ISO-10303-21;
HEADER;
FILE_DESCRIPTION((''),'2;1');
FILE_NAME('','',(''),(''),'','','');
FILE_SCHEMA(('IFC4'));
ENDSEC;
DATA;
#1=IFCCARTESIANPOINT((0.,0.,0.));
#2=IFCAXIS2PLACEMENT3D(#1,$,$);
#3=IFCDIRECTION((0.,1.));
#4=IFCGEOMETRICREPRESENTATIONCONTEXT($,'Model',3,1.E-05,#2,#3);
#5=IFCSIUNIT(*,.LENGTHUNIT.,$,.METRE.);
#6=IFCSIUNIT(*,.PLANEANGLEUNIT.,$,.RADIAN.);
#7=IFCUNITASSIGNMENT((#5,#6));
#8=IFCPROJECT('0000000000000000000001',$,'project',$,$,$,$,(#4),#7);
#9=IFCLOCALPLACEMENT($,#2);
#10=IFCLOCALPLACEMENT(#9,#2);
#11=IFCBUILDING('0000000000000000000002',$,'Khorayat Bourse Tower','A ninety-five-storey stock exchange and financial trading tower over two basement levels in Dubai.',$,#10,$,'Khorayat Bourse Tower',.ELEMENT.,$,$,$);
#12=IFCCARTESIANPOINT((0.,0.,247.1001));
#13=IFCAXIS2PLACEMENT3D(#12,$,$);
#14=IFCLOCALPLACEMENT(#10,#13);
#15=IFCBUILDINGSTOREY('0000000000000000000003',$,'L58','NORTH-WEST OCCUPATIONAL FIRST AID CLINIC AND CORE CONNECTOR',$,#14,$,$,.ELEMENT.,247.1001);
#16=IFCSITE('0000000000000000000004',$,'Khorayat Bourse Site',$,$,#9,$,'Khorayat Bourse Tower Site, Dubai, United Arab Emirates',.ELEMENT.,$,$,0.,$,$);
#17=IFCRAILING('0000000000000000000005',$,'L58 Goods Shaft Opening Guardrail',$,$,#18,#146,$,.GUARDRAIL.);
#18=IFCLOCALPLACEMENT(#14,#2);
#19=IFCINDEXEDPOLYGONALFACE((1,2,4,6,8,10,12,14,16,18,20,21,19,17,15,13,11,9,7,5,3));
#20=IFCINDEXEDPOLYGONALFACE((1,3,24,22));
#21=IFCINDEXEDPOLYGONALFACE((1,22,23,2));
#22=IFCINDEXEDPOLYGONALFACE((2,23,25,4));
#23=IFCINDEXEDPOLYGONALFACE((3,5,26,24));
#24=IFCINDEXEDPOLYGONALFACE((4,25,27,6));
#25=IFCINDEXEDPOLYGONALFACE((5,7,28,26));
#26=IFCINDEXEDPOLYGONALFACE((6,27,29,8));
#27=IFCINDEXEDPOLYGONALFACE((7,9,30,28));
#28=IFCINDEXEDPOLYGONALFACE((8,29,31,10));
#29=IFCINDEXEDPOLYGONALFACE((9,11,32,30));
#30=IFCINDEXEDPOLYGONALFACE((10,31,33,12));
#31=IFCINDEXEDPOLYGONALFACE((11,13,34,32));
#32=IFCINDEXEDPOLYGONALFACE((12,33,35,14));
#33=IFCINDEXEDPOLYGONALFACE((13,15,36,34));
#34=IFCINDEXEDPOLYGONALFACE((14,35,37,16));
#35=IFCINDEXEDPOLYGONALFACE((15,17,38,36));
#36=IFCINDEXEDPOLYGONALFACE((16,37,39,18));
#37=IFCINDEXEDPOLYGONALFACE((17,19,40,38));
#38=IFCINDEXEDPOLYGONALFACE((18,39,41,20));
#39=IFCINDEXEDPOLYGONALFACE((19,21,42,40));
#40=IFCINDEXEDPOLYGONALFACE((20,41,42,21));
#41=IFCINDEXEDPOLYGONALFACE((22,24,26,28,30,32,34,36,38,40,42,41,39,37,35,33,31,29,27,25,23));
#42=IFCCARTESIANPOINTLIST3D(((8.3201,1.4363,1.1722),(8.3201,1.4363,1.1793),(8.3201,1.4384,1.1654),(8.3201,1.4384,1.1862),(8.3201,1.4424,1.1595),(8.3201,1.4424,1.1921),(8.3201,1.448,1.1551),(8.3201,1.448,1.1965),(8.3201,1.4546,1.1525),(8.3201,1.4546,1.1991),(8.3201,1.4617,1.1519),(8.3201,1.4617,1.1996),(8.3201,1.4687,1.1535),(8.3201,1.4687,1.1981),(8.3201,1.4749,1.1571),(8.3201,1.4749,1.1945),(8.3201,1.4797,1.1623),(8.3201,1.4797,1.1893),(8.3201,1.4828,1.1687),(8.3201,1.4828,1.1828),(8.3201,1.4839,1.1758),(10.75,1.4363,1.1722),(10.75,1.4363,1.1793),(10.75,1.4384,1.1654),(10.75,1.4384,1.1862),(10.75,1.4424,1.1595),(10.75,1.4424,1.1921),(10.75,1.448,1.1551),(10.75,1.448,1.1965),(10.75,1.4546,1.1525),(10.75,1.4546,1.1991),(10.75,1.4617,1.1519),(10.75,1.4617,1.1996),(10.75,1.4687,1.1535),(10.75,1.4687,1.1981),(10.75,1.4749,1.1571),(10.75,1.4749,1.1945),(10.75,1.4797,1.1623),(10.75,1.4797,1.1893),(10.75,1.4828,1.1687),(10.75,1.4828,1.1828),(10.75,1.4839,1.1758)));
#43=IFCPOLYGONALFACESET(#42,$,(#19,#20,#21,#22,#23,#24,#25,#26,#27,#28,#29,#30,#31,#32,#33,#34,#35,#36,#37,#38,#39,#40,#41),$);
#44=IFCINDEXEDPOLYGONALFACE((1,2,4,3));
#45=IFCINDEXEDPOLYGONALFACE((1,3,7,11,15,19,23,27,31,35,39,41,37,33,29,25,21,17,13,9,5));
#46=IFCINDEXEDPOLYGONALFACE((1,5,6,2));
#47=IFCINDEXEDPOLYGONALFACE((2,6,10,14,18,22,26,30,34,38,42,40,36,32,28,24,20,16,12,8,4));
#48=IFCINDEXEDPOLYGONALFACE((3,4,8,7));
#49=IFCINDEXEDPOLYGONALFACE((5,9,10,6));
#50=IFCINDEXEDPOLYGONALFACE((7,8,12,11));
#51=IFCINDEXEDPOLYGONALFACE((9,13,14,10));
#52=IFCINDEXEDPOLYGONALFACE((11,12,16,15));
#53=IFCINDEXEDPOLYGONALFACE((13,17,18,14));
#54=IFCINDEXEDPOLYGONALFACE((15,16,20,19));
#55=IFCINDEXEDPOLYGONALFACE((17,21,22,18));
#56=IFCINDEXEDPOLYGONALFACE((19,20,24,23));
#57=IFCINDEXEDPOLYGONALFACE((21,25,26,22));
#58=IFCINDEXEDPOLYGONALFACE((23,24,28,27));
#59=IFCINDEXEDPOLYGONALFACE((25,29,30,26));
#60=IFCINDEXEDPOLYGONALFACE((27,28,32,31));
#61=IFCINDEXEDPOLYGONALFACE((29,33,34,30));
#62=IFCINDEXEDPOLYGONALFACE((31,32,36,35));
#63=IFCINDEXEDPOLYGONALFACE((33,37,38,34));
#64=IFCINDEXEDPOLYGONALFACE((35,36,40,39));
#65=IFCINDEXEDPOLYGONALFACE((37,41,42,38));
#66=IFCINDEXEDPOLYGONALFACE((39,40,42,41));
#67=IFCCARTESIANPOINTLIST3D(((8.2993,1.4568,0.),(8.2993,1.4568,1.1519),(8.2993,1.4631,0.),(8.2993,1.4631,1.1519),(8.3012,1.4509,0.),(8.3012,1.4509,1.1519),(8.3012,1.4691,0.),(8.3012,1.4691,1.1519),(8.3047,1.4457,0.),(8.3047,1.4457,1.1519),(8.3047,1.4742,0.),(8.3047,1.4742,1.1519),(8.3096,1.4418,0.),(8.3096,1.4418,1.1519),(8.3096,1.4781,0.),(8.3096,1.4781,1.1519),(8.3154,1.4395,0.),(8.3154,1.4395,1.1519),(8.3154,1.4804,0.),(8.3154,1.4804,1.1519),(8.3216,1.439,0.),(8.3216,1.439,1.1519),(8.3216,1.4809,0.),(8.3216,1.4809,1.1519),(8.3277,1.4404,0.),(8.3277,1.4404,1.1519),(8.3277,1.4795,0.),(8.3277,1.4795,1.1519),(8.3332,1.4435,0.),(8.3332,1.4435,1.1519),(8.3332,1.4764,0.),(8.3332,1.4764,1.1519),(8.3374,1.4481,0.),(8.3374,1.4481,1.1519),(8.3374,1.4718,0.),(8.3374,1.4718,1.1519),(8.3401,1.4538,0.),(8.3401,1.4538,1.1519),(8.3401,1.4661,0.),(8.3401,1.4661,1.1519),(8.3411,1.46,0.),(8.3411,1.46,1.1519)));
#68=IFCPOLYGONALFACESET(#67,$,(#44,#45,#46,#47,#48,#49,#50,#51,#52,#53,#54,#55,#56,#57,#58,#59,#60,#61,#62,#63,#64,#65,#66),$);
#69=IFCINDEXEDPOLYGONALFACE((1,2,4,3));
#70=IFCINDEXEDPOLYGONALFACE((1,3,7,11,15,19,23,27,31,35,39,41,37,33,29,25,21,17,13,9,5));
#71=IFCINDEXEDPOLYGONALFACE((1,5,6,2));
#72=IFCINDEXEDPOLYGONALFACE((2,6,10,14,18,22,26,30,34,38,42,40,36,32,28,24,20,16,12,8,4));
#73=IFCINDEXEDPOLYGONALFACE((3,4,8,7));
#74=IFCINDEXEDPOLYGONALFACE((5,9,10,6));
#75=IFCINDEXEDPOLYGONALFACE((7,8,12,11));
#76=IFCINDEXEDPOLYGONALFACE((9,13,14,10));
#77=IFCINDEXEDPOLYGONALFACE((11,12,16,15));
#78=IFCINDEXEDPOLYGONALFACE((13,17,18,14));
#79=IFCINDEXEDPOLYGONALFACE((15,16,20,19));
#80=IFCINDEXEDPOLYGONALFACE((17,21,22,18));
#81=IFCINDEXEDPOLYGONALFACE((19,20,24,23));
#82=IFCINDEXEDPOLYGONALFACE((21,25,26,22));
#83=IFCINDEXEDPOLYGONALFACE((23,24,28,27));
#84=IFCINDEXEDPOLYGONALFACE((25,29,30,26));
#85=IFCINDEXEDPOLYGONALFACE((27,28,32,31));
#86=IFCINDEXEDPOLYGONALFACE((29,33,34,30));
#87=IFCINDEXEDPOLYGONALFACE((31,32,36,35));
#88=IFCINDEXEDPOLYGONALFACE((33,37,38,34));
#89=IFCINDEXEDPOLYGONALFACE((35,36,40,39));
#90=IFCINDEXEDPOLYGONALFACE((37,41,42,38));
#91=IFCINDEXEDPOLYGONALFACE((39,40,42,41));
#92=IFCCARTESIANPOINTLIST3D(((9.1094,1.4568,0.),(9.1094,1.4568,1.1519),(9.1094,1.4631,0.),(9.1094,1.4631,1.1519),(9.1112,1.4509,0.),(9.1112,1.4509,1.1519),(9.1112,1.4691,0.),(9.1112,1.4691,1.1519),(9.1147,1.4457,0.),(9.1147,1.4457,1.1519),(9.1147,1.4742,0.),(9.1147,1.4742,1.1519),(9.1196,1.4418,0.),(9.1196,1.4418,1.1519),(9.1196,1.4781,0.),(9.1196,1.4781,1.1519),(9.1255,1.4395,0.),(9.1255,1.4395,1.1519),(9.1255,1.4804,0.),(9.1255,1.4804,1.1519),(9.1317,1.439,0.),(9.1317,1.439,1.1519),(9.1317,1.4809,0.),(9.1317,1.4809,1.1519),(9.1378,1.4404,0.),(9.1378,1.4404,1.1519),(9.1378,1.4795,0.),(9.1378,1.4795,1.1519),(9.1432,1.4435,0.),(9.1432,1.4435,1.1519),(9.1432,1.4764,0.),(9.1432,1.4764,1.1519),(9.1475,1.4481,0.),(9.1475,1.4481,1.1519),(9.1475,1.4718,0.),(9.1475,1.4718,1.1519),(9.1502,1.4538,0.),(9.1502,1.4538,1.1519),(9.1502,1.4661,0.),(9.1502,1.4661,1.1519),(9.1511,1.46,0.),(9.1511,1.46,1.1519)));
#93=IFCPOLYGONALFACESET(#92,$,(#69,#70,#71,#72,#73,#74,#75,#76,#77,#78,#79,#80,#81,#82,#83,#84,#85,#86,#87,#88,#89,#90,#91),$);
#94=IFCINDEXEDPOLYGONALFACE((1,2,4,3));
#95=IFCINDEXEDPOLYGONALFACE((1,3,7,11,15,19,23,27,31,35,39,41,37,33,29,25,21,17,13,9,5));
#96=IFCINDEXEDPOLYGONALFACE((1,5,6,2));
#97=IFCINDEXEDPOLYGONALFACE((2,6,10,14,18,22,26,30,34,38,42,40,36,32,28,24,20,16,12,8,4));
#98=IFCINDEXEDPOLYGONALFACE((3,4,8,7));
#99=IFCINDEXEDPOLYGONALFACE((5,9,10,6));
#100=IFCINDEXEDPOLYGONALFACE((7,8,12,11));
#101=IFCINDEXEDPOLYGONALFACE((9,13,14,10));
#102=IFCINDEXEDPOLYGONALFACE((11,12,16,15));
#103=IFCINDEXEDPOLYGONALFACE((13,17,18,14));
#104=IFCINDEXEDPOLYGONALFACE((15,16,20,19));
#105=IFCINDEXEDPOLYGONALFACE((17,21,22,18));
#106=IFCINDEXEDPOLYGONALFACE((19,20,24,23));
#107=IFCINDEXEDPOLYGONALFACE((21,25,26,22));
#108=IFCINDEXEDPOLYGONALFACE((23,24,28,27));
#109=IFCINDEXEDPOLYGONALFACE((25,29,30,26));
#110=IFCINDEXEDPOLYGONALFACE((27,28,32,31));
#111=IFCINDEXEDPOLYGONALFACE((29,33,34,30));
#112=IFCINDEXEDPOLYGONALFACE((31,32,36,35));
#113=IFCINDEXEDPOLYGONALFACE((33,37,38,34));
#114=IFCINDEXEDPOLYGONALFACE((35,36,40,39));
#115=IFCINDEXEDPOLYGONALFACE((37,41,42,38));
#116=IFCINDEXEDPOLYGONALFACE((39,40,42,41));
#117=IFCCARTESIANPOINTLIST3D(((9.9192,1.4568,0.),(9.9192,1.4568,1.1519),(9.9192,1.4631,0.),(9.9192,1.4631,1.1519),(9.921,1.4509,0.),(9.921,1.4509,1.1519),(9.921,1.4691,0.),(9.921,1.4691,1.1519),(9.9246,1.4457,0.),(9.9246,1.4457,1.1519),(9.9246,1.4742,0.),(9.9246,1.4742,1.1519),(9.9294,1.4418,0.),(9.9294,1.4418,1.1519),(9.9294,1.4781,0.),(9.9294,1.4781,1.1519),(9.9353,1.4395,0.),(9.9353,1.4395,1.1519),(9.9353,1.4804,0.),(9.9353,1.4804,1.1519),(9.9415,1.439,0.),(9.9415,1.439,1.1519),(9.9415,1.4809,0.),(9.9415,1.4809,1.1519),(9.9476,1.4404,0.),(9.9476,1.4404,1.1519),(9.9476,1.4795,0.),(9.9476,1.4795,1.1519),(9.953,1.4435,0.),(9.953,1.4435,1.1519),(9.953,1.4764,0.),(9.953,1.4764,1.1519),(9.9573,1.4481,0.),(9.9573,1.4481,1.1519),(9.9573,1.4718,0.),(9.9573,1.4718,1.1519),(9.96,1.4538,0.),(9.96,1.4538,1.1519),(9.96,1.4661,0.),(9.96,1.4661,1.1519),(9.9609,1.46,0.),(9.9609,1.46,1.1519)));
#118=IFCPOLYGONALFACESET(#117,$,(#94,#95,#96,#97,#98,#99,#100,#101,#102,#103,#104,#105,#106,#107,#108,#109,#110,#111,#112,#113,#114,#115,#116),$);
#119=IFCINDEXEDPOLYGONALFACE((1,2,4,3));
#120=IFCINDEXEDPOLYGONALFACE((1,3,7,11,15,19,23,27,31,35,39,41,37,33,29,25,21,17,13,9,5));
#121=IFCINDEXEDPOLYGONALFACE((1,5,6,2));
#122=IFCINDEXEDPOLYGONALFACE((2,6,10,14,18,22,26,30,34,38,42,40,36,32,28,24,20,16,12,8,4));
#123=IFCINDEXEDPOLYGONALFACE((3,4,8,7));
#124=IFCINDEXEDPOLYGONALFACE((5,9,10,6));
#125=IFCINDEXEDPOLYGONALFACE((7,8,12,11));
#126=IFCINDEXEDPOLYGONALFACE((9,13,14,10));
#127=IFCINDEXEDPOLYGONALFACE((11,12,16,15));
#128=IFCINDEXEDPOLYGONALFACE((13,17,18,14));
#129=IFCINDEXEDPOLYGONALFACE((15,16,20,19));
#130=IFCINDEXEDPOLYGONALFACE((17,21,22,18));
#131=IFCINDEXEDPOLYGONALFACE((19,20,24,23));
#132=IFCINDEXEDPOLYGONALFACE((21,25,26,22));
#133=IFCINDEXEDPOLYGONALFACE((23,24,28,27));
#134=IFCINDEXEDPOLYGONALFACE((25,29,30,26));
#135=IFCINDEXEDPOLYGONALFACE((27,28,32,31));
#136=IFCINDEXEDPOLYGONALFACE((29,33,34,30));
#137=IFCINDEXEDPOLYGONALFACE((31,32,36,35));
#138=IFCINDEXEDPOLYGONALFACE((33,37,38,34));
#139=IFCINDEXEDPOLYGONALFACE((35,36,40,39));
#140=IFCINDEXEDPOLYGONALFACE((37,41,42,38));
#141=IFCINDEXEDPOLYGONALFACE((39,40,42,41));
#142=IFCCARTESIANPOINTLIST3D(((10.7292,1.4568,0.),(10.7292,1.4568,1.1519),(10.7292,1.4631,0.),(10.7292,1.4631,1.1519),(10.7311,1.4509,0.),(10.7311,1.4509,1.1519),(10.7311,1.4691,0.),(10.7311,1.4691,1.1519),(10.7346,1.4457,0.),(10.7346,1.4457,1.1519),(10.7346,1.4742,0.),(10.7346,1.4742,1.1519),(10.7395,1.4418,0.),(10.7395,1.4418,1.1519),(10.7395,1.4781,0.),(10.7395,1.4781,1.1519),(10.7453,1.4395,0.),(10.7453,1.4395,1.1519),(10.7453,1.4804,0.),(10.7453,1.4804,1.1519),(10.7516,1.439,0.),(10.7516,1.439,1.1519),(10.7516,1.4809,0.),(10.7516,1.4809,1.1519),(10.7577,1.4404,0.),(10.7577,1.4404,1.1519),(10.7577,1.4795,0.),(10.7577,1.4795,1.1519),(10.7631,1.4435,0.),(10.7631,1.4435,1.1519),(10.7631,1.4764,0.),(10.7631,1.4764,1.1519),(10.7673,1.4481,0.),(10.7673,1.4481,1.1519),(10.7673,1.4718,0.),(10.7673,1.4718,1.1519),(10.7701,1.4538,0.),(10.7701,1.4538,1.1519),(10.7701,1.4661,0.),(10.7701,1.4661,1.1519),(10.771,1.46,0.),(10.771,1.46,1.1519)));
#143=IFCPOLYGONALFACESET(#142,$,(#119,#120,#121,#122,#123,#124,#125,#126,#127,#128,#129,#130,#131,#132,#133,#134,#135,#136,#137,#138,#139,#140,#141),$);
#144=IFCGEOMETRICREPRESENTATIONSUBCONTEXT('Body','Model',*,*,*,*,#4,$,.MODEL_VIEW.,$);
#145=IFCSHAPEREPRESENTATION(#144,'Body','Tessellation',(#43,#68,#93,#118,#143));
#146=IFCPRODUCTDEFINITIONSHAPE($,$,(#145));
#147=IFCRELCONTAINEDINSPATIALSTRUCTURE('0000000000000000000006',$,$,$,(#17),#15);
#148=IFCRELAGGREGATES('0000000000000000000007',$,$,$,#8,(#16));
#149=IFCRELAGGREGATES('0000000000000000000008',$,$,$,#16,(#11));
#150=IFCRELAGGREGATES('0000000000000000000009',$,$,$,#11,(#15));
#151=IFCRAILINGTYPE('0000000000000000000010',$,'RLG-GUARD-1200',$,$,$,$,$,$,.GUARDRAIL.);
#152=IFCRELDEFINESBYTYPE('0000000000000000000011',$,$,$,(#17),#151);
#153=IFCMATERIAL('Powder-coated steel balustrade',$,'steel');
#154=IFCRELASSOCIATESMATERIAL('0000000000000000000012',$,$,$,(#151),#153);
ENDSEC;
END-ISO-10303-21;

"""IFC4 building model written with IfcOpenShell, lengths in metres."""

from ifc_helpers import new_model, si_unit, direction, frame, origin, origin_2d, place, context, subcontext, project, spatial, circle, extrude, source, transform, mapped, material, type_object, element, save


model = new_model("IFC4")

# Units and contexts
model_context = context("Model", 3, precision=1e-05, world=origin(), true_north=direction((0.0, 1.0)))
body_context = subcontext(model_context, "Body", "Model", "MODEL_VIEW")
ifc_project = project(units=[si_unit("LENGTHUNIT", "METRE"), si_unit("PLANEANGLEUNIT", "RADIAN")], contexts=[model_context])

# Site, building, storey
site_placement = place(None, origin())
site = spatial("IfcSite", under=ifc_project, at=site_placement, Name="Khorayat Bourse Site", LongName="Khorayat Bourse Tower Site, Dubai, United Arab Emirates", CompositionType="ELEMENT", RefElevation=0.0)
building_placement = place(site_placement, origin())
building = spatial("IfcBuilding", under=site, at=building_placement, Name="Khorayat Bourse Tower", Description="A ninety-five-storey stock exchange and financial trading tower over two basement levels in Dubai.", LongName="Khorayat Bourse Tower", CompositionType="ELEMENT")
storey_placement = place(building_placement, frame((0.0, 0.0, 247.1001)))
storey = spatial("IfcBuildingStorey", under=building, at=storey_placement, Name="L58", Description="NORTH-WEST OCCUPATIONAL FIRST AID CLINIC AND CORE CONNECTOR", CompositionType="ELEMENT", Elevation=247.1001)

# Railing
ifc_material_1 = material(Name="Powder-coated steel balustrade", Category="steel")
railing_type = type_object("IfcRailingType", Name="RLG-GUARD-1200", PredefinedType="GUARDRAIL", material=ifc_material_1)
shared_shape_1 = source(origin(), body_context, "Body", "SweptSolid", [
    extrude(circle(Radius=0.0239, at=origin_2d()), frame((0.0, 0.0, 1.1758), z_axis=(1.0, 0.0, 0.0), x_axis=(0.0, 1.0, 0.0)), (0.0, 0.0, 1.0), 2.4299),
    extrude(circle(Radius=0.021, at=origin_2d()), origin(), (0.0, 0.0, 1.0), 1.1519),
    extrude(circle(Radius=0.021, at=origin_2d()), frame((0.8101, 0.0, 0.0)), (0.0, 0.0, 1.0), 1.1519),
    extrude(circle(Radius=0.021, at=origin_2d()), frame((1.6199, 0.0, 0.0)), (0.0, 0.0, 1.0), 1.1519),
    extrude(circle(Radius=0.021, at=origin_2d()), frame((2.4299, 0.0, 0.0)), (0.0, 0.0, 1.0), 1.1519),
])
railing_placement = place(storey_placement, frame((8.3201, 1.46, 0.0)))
element("IfcRailing", 1, at=railing_placement, inside=storey, type_object=railing_type, Name="L58 Goods Shaft Opening Guardrail", PredefinedType="GUARDRAIL", context=body_context, shape_type="MappedRepresentation", body=[
    mapped(shared_shape_1, transform((0.0, 0.0, 0.0), scale=1.0)),
])

save(model, "model.ifc")
